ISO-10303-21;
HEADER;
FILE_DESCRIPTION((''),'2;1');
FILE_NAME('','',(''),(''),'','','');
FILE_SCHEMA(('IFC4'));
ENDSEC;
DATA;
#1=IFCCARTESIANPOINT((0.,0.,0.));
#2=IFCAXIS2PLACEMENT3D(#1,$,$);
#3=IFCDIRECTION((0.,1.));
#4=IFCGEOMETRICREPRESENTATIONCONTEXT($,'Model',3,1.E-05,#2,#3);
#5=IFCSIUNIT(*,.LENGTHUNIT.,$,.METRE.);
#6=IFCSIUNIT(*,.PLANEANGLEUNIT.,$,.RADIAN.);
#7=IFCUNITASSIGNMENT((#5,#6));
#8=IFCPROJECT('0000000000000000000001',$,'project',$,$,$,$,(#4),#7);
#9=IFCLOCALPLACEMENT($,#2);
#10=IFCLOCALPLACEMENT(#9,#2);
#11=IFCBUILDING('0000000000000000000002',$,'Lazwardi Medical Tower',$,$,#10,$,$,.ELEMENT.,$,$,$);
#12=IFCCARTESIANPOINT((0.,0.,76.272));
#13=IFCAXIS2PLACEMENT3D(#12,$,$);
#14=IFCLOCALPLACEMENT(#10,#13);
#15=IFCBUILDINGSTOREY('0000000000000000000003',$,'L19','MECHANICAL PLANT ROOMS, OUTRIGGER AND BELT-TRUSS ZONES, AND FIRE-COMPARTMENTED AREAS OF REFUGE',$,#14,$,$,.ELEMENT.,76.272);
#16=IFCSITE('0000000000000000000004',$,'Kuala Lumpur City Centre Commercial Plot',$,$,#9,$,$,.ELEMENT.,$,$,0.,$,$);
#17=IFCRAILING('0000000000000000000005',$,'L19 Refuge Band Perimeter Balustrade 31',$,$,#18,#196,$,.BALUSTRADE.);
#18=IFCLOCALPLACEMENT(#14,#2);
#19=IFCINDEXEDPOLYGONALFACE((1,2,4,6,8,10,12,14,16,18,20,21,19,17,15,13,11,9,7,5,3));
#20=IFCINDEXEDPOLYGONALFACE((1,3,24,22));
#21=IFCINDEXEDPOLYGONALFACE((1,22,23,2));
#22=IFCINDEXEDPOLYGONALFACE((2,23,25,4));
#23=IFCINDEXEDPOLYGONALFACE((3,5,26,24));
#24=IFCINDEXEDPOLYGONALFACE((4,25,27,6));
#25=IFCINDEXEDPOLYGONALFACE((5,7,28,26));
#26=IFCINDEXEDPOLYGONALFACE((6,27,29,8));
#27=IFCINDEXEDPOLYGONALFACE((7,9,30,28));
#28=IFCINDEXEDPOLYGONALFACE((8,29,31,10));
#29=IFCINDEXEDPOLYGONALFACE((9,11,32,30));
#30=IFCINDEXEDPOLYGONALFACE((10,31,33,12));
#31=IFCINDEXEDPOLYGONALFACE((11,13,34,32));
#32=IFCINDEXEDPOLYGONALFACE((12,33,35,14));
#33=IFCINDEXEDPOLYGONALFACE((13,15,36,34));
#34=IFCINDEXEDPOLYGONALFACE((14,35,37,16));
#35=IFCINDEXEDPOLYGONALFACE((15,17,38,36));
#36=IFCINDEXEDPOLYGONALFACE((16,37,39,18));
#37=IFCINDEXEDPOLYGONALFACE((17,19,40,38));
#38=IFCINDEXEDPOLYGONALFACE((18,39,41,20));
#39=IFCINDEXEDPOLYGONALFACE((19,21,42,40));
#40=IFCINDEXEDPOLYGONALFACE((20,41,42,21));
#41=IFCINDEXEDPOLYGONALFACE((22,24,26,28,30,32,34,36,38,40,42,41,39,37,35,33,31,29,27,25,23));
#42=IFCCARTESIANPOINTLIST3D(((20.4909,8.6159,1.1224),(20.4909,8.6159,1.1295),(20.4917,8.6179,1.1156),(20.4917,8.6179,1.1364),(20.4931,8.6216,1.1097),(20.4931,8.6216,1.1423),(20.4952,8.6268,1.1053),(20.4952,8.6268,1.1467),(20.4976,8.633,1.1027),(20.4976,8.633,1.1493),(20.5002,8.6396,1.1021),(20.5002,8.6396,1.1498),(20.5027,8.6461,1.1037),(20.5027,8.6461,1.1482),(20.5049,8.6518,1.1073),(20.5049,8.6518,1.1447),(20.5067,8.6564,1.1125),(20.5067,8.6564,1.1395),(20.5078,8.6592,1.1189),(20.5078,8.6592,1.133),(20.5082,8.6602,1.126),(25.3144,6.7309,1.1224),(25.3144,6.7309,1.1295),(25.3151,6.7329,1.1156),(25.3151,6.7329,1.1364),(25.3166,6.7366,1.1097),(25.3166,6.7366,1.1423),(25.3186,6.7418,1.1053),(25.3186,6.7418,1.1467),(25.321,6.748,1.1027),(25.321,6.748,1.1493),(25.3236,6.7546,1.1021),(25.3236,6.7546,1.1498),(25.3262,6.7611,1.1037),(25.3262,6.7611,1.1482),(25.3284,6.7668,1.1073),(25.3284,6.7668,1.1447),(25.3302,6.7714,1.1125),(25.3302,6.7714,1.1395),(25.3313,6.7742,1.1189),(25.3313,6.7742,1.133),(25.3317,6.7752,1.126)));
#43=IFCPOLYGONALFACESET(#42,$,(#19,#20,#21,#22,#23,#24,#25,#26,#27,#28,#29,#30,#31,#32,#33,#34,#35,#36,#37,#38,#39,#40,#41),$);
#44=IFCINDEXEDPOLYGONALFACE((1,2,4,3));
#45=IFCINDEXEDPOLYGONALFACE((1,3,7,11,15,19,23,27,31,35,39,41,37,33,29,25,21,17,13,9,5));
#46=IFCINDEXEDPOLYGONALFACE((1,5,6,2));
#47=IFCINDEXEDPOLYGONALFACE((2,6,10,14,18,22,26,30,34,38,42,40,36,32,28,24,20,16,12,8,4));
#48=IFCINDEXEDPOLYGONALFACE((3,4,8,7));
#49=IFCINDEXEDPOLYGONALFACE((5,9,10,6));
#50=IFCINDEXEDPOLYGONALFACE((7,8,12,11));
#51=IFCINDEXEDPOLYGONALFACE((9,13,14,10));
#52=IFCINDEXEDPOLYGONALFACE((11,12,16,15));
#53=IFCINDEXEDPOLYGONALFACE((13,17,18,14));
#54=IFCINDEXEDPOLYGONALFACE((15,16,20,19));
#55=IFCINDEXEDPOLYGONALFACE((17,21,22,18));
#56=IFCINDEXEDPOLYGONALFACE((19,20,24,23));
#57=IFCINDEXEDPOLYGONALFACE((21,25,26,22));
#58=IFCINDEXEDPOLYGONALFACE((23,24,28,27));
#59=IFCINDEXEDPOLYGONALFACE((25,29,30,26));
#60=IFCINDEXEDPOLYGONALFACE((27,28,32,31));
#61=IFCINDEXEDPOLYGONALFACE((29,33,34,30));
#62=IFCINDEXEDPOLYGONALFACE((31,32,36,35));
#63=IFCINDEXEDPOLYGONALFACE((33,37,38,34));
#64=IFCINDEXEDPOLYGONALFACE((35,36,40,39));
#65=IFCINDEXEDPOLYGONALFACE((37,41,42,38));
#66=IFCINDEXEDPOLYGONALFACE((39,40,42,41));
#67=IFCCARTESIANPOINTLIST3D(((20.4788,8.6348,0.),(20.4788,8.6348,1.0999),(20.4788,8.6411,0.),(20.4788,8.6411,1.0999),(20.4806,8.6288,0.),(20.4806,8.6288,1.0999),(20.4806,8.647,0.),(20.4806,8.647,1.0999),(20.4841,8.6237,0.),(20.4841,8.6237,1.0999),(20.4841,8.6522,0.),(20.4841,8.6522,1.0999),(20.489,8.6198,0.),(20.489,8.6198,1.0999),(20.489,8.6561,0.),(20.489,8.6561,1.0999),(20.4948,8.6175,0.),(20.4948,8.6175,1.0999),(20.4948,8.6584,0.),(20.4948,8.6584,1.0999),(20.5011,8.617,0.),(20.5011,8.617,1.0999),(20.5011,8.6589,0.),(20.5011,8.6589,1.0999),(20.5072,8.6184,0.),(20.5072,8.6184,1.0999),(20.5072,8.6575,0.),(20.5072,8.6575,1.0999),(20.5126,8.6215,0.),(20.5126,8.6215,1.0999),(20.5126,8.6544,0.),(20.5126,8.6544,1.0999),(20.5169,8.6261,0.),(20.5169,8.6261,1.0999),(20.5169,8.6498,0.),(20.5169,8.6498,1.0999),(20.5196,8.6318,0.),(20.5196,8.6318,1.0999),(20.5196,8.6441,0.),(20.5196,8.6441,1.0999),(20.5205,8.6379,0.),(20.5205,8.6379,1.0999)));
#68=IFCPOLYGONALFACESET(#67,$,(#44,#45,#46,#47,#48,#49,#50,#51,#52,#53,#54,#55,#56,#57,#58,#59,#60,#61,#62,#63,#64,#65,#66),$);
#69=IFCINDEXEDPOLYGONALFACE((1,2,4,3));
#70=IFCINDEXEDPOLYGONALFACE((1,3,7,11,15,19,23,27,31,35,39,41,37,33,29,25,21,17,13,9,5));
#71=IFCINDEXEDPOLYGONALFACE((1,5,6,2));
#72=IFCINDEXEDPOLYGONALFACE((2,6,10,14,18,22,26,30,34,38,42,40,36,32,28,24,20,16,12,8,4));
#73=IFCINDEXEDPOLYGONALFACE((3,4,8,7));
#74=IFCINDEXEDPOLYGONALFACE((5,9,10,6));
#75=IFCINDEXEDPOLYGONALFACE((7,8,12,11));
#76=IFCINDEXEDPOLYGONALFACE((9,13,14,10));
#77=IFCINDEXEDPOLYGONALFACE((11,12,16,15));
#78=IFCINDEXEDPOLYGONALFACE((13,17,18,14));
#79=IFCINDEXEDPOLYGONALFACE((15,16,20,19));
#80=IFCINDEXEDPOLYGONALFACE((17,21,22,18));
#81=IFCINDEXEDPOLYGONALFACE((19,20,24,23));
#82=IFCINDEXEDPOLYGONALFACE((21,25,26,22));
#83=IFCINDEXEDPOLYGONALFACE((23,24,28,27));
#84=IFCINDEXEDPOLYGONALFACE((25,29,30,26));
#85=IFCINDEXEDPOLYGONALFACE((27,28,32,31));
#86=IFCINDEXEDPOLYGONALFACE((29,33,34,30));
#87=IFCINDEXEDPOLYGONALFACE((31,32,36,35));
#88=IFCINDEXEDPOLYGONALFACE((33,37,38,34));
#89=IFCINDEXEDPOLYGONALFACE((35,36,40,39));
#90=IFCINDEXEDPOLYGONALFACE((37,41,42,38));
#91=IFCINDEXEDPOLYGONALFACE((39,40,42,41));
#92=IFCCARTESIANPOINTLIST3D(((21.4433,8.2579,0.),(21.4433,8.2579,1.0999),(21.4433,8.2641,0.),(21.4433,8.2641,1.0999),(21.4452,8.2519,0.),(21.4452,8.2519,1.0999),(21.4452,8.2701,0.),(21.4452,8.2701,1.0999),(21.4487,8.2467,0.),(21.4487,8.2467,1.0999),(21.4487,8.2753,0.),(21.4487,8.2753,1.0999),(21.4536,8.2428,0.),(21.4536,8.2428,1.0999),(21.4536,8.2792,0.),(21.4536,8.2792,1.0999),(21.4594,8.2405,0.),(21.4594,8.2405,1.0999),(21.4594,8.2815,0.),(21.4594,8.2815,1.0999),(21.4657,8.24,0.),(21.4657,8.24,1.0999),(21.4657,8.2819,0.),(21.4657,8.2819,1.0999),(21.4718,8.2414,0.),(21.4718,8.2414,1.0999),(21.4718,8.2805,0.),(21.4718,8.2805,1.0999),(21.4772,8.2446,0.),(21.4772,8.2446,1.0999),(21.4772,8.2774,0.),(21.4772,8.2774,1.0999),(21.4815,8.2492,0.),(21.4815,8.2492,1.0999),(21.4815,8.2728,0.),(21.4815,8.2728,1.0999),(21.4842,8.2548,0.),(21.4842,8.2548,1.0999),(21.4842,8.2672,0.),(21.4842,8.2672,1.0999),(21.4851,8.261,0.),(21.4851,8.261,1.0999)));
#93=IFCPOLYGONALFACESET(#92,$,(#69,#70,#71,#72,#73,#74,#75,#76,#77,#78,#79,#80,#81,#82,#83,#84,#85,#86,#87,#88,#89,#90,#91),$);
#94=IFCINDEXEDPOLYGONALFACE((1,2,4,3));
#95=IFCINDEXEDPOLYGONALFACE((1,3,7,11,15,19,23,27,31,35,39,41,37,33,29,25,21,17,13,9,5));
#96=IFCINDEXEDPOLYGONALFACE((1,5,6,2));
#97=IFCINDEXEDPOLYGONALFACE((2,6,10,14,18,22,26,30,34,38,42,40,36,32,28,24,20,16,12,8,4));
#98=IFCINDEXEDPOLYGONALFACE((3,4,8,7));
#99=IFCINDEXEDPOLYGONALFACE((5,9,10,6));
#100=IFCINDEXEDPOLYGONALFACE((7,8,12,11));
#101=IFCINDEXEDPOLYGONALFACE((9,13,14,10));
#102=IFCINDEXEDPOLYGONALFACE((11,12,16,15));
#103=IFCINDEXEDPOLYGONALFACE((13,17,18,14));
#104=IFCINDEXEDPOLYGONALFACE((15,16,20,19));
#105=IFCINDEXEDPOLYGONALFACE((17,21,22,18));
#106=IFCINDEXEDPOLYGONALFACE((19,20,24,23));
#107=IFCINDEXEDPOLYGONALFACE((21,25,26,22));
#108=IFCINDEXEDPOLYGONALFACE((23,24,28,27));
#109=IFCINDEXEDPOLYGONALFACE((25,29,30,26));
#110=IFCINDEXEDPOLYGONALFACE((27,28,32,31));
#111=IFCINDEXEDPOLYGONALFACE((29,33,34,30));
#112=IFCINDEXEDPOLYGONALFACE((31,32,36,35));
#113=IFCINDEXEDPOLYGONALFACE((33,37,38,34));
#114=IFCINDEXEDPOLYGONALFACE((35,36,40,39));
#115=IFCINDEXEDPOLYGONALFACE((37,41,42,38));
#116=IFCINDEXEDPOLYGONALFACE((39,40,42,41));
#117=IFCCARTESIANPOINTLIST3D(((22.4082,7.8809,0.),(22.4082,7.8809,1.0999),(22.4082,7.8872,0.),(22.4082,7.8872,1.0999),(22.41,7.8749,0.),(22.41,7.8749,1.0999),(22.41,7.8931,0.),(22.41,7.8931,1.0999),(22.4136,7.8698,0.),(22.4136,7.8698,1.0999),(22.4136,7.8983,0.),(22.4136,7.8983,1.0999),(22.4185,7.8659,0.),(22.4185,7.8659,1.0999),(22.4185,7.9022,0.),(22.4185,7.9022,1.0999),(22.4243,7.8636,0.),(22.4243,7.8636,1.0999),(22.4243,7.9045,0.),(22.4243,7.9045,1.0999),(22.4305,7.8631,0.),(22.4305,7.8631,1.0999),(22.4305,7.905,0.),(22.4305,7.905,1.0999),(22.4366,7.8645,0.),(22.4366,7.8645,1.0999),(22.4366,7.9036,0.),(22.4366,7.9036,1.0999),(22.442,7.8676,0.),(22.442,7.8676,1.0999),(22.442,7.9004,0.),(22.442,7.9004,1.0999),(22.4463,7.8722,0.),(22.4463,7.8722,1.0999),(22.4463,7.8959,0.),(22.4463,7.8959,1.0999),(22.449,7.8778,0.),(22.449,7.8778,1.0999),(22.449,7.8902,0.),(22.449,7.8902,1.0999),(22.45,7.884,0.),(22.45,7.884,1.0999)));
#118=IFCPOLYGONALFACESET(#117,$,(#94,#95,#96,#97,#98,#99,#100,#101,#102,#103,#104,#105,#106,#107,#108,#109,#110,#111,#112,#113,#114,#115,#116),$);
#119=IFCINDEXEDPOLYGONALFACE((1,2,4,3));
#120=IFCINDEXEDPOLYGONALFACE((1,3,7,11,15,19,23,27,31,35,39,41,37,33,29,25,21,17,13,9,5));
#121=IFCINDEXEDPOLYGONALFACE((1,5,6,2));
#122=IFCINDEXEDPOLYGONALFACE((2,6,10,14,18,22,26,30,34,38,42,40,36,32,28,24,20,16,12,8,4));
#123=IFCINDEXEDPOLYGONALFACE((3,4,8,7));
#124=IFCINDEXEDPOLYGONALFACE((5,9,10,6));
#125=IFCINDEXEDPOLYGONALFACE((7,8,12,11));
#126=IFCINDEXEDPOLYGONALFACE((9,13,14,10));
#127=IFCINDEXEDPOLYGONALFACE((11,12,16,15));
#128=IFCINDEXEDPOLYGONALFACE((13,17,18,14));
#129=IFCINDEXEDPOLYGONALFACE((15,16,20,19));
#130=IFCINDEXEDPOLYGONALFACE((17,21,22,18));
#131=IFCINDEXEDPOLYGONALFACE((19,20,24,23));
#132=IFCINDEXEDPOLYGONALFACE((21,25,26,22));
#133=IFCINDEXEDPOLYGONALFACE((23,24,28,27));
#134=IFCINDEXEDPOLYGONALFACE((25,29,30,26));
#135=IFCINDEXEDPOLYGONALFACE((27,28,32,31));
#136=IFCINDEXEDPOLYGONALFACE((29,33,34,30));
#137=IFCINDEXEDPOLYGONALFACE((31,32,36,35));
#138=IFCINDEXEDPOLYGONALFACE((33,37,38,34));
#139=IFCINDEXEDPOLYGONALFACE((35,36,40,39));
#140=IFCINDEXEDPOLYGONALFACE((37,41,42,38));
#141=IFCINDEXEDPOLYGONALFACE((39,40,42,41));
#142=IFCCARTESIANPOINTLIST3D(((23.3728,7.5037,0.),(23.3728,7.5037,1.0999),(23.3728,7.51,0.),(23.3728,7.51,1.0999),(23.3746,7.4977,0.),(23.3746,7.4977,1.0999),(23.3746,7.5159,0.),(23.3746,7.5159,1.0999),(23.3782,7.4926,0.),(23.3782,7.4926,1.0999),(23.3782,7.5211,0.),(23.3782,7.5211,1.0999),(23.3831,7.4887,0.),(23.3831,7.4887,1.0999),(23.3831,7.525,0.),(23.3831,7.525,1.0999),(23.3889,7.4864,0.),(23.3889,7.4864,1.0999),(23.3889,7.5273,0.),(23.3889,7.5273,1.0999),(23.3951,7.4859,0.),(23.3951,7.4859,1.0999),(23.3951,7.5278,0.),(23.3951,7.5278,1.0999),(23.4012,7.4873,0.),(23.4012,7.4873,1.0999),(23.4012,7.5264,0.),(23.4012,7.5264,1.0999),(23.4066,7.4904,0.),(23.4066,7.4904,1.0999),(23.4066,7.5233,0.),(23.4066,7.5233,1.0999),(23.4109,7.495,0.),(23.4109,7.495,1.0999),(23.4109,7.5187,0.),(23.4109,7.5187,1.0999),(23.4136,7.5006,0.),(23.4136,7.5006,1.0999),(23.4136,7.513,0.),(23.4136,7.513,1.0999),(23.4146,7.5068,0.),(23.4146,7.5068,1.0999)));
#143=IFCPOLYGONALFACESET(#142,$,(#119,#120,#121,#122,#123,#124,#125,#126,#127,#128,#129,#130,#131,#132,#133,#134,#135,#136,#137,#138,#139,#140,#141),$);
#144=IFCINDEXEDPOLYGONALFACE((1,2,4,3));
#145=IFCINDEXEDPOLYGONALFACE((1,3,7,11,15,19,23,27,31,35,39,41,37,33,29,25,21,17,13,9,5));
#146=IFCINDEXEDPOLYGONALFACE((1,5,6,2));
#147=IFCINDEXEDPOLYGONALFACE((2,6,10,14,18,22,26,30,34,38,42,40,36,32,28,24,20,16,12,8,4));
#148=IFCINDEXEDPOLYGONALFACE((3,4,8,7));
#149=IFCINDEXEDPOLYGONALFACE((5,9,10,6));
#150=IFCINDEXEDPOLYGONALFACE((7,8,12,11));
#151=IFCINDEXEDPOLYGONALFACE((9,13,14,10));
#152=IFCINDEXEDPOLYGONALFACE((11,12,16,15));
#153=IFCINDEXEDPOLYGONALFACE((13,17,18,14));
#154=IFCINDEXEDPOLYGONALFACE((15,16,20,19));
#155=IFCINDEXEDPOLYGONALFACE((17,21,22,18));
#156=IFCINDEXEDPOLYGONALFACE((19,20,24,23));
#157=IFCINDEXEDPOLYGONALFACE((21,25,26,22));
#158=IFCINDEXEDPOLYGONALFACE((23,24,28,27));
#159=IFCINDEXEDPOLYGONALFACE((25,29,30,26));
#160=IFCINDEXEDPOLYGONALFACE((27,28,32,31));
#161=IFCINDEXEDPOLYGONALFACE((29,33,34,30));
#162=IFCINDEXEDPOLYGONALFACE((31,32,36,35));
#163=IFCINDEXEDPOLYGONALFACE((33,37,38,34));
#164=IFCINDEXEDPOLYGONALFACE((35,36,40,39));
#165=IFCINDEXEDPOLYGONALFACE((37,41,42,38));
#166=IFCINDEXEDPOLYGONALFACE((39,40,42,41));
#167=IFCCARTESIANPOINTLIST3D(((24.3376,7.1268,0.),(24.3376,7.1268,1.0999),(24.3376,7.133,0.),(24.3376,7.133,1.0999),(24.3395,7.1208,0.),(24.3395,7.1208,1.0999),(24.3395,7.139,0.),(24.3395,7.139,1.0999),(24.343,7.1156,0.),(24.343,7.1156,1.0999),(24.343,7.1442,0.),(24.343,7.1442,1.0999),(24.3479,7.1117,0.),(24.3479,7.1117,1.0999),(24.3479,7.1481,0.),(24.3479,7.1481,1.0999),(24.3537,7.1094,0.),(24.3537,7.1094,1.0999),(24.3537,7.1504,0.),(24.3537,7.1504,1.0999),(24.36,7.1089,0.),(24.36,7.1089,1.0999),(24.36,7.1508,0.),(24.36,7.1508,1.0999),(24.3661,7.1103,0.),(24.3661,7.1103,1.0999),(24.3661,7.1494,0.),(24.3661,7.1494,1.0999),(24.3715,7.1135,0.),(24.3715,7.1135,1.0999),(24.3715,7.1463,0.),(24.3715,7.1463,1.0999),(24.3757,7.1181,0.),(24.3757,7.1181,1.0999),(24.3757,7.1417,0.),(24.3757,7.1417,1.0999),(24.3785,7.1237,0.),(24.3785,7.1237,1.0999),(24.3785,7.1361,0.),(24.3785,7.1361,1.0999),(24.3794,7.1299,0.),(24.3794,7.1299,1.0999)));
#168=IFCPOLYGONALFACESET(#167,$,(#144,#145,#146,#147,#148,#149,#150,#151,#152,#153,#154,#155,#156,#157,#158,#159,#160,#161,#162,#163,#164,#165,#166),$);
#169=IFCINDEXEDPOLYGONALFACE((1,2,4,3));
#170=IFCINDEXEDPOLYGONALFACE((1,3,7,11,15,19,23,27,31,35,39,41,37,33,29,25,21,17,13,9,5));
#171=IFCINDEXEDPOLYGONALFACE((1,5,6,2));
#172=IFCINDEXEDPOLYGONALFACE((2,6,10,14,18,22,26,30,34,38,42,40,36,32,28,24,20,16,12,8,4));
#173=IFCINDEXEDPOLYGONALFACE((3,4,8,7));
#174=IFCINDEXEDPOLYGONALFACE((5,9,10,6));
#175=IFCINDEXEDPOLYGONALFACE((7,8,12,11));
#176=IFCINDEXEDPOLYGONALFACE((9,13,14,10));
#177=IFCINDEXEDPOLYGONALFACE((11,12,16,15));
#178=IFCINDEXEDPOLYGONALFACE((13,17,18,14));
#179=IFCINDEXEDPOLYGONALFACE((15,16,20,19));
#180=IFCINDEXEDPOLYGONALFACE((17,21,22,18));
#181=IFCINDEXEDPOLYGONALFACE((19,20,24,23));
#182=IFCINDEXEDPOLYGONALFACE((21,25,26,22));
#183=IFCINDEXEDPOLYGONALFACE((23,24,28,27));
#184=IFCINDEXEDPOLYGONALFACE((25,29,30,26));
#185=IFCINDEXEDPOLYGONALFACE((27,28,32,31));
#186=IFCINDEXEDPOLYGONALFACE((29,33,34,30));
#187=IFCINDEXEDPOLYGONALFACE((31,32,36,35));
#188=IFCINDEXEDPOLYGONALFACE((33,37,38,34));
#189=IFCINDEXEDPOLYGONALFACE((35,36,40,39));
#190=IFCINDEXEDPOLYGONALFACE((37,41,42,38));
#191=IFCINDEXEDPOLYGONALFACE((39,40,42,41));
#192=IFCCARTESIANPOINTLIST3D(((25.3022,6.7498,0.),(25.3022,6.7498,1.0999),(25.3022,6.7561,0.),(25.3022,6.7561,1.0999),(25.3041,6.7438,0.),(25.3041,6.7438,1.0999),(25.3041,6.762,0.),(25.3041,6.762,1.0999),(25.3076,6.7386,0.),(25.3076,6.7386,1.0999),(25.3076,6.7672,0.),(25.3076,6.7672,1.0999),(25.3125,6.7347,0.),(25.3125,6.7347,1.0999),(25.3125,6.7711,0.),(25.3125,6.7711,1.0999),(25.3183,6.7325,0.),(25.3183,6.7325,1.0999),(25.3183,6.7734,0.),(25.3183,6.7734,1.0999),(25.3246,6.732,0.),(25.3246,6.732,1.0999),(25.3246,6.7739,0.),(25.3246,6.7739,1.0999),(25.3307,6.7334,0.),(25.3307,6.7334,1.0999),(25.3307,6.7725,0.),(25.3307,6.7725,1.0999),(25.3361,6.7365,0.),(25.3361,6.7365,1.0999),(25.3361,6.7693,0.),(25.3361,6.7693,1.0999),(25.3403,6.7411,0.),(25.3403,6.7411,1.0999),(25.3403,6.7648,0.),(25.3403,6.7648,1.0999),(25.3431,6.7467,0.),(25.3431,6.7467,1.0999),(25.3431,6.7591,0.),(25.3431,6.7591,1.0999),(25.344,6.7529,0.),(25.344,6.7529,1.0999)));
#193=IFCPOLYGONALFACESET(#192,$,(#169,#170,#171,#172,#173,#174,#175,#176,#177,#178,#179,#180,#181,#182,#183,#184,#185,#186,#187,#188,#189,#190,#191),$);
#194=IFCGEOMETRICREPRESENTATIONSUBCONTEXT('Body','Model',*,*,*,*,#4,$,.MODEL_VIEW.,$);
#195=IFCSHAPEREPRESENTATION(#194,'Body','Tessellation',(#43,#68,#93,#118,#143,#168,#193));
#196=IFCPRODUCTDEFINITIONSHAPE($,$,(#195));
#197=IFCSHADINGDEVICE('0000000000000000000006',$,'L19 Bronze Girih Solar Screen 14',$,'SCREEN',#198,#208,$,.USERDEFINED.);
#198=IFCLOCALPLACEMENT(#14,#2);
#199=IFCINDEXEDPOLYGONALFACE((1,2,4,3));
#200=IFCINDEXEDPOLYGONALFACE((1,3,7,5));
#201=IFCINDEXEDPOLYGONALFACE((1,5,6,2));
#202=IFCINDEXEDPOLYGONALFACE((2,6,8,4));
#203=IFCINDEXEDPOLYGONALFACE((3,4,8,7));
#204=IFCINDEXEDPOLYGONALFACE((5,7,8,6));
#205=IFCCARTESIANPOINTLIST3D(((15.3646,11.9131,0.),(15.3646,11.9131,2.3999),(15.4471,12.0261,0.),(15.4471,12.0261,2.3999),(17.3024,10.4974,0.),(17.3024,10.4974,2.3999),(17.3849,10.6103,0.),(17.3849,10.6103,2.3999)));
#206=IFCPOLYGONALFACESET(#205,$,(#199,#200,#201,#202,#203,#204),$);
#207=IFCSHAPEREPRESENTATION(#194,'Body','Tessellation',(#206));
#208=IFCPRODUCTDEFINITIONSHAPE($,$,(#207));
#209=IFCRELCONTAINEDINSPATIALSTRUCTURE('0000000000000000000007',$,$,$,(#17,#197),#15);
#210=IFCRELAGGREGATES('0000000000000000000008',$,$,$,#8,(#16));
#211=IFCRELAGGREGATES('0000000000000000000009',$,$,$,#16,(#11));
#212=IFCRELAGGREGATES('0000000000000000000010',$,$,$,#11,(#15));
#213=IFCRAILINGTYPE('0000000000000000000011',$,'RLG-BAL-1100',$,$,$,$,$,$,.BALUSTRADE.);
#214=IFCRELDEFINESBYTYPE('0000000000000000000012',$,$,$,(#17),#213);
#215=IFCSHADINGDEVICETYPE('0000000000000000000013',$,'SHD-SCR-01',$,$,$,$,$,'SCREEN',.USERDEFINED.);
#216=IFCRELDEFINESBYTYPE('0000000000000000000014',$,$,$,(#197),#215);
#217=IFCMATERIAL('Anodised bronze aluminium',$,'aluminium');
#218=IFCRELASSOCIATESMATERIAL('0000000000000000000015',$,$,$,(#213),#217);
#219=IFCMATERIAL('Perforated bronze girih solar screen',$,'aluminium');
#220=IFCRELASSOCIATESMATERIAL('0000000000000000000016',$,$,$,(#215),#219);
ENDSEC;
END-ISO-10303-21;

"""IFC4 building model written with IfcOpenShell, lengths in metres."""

from ifc_helpers import new_model, si_unit, direction, frame, origin, origin_2d, place, context, subcontext, project, spatial, rectangle, circle, extrude, material, type_object, element, save


model = new_model("IFC4")

# Units and contexts
model_context = context("Model", 3, precision=1e-05, world=origin(), true_north=direction((0.0, 1.0)))
body_context = subcontext(model_context, "Body", "Model", "MODEL_VIEW")
ifc_project = project(units=[si_unit("LENGTHUNIT", "METRE"), si_unit("PLANEANGLEUNIT", "RADIAN")], contexts=[model_context])

# Site, building, storey
site_placement = place(None, origin())
site = spatial("IfcSite", under=ifc_project, at=site_placement, Name="Kuala Lumpur City Centre Commercial Plot", CompositionType="ELEMENT", RefElevation=0.0)
building_placement = place(site_placement, origin())
building = spatial("IfcBuilding", under=site, at=building_placement, Name="Lazwardi Medical Tower", CompositionType="ELEMENT")
storey_placement = place(building_placement, frame((0.0, 0.0, 76.272)))
storey = spatial("IfcBuildingStorey", under=building, at=storey_placement, Name="L19", Description="MECHANICAL PLANT ROOMS, OUTRIGGER AND BELT-TRUSS ZONES, AND FIRE-COMPARTMENTED AREAS OF REFUGE", CompositionType="ELEMENT", Elevation=76.272)

# Railing
ifc_material_1 = material(Name="Anodised bronze aluminium", Category="aluminium")
railing_type = type_object("IfcRailingType", Name="RLG-BAL-1100", PredefinedType="BALUSTRADE", material=ifc_material_1)
railing_1_placement = place(storey_placement, frame((20.4995, 8.6379, 0.0)))
element("IfcRailing", 1, at=railing_1_placement, inside=storey, type_object=railing_type, Name="L19 Refuge Band Perimeter Balustrade 31", PredefinedType="BALUSTRADE", context=body_context, shape_type="SweptSolid", body=[
    extrude(circle(Radius=0.0239, at=origin_2d()), frame((0.0, 0.0, 1.126), z_axis=(0.931403, -0.36399, 0.0), x_axis=(0.36399, 0.931403, 0.0)), (0.0, 0.0, 1.0), 5.1787),
    extrude(circle(Radius=0.021, at=origin_2d()), origin(), (0.0, 0.0, 1.0), 1.0999),
    extrude(circle(Radius=0.021, at=origin_2d()), frame((0.9646, -0.377, 0.0)), (0.0, 0.0, 1.0), 1.0999),
    extrude(circle(Radius=0.021, at=origin_2d()), frame((1.9294, -0.7539, 0.0)), (0.0, 0.0, 1.0), 1.0999),
    extrude(circle(Radius=0.021, at=origin_2d()), frame((2.894, -1.1311, 0.0)), (0.0, 0.0, 1.0), 1.0999),
    extrude(circle(Radius=0.021, at=origin_2d()), frame((3.8589, -1.5081, 0.0)), (0.0, 0.0, 1.0), 1.0999),
    extrude(circle(Radius=0.021, at=origin_2d()), frame((4.8235, -1.885, 0.0)), (0.0, 0.0, 1.0), 1.0999),
])

# Shading device
ifc_material_2 = material(Name="Perforated bronze girih solar screen", Category="aluminium")
shading_device_type = type_object("IfcShadingDeviceType", Name="SHD-SCR-01", ElementType="SCREEN", PredefinedType="USERDEFINED", material=ifc_material_2)
shading_device_placement = place(storey_placement, frame((16.3748, 11.2617, 0.0), z_axis=(0.0, 0.0, 1.0), x_axis=(0.807456, -0.589928, 0.0)))
element("IfcShadingDevice", 2, at=shading_device_placement, inside=storey, type_object=shading_device_type, Name="L19 Bronze Girih Solar Screen 14", ObjectType="SCREEN", PredefinedType="USERDEFINED", context=body_context, shape_type="SweptSolid", body=[
    extrude(rectangle(XDim=2.3999, YDim=0.1399, at=origin_2d()), origin(), (0.0, 0.0, 1.0), 2.3999),
])

save(model, "model.ifc")
